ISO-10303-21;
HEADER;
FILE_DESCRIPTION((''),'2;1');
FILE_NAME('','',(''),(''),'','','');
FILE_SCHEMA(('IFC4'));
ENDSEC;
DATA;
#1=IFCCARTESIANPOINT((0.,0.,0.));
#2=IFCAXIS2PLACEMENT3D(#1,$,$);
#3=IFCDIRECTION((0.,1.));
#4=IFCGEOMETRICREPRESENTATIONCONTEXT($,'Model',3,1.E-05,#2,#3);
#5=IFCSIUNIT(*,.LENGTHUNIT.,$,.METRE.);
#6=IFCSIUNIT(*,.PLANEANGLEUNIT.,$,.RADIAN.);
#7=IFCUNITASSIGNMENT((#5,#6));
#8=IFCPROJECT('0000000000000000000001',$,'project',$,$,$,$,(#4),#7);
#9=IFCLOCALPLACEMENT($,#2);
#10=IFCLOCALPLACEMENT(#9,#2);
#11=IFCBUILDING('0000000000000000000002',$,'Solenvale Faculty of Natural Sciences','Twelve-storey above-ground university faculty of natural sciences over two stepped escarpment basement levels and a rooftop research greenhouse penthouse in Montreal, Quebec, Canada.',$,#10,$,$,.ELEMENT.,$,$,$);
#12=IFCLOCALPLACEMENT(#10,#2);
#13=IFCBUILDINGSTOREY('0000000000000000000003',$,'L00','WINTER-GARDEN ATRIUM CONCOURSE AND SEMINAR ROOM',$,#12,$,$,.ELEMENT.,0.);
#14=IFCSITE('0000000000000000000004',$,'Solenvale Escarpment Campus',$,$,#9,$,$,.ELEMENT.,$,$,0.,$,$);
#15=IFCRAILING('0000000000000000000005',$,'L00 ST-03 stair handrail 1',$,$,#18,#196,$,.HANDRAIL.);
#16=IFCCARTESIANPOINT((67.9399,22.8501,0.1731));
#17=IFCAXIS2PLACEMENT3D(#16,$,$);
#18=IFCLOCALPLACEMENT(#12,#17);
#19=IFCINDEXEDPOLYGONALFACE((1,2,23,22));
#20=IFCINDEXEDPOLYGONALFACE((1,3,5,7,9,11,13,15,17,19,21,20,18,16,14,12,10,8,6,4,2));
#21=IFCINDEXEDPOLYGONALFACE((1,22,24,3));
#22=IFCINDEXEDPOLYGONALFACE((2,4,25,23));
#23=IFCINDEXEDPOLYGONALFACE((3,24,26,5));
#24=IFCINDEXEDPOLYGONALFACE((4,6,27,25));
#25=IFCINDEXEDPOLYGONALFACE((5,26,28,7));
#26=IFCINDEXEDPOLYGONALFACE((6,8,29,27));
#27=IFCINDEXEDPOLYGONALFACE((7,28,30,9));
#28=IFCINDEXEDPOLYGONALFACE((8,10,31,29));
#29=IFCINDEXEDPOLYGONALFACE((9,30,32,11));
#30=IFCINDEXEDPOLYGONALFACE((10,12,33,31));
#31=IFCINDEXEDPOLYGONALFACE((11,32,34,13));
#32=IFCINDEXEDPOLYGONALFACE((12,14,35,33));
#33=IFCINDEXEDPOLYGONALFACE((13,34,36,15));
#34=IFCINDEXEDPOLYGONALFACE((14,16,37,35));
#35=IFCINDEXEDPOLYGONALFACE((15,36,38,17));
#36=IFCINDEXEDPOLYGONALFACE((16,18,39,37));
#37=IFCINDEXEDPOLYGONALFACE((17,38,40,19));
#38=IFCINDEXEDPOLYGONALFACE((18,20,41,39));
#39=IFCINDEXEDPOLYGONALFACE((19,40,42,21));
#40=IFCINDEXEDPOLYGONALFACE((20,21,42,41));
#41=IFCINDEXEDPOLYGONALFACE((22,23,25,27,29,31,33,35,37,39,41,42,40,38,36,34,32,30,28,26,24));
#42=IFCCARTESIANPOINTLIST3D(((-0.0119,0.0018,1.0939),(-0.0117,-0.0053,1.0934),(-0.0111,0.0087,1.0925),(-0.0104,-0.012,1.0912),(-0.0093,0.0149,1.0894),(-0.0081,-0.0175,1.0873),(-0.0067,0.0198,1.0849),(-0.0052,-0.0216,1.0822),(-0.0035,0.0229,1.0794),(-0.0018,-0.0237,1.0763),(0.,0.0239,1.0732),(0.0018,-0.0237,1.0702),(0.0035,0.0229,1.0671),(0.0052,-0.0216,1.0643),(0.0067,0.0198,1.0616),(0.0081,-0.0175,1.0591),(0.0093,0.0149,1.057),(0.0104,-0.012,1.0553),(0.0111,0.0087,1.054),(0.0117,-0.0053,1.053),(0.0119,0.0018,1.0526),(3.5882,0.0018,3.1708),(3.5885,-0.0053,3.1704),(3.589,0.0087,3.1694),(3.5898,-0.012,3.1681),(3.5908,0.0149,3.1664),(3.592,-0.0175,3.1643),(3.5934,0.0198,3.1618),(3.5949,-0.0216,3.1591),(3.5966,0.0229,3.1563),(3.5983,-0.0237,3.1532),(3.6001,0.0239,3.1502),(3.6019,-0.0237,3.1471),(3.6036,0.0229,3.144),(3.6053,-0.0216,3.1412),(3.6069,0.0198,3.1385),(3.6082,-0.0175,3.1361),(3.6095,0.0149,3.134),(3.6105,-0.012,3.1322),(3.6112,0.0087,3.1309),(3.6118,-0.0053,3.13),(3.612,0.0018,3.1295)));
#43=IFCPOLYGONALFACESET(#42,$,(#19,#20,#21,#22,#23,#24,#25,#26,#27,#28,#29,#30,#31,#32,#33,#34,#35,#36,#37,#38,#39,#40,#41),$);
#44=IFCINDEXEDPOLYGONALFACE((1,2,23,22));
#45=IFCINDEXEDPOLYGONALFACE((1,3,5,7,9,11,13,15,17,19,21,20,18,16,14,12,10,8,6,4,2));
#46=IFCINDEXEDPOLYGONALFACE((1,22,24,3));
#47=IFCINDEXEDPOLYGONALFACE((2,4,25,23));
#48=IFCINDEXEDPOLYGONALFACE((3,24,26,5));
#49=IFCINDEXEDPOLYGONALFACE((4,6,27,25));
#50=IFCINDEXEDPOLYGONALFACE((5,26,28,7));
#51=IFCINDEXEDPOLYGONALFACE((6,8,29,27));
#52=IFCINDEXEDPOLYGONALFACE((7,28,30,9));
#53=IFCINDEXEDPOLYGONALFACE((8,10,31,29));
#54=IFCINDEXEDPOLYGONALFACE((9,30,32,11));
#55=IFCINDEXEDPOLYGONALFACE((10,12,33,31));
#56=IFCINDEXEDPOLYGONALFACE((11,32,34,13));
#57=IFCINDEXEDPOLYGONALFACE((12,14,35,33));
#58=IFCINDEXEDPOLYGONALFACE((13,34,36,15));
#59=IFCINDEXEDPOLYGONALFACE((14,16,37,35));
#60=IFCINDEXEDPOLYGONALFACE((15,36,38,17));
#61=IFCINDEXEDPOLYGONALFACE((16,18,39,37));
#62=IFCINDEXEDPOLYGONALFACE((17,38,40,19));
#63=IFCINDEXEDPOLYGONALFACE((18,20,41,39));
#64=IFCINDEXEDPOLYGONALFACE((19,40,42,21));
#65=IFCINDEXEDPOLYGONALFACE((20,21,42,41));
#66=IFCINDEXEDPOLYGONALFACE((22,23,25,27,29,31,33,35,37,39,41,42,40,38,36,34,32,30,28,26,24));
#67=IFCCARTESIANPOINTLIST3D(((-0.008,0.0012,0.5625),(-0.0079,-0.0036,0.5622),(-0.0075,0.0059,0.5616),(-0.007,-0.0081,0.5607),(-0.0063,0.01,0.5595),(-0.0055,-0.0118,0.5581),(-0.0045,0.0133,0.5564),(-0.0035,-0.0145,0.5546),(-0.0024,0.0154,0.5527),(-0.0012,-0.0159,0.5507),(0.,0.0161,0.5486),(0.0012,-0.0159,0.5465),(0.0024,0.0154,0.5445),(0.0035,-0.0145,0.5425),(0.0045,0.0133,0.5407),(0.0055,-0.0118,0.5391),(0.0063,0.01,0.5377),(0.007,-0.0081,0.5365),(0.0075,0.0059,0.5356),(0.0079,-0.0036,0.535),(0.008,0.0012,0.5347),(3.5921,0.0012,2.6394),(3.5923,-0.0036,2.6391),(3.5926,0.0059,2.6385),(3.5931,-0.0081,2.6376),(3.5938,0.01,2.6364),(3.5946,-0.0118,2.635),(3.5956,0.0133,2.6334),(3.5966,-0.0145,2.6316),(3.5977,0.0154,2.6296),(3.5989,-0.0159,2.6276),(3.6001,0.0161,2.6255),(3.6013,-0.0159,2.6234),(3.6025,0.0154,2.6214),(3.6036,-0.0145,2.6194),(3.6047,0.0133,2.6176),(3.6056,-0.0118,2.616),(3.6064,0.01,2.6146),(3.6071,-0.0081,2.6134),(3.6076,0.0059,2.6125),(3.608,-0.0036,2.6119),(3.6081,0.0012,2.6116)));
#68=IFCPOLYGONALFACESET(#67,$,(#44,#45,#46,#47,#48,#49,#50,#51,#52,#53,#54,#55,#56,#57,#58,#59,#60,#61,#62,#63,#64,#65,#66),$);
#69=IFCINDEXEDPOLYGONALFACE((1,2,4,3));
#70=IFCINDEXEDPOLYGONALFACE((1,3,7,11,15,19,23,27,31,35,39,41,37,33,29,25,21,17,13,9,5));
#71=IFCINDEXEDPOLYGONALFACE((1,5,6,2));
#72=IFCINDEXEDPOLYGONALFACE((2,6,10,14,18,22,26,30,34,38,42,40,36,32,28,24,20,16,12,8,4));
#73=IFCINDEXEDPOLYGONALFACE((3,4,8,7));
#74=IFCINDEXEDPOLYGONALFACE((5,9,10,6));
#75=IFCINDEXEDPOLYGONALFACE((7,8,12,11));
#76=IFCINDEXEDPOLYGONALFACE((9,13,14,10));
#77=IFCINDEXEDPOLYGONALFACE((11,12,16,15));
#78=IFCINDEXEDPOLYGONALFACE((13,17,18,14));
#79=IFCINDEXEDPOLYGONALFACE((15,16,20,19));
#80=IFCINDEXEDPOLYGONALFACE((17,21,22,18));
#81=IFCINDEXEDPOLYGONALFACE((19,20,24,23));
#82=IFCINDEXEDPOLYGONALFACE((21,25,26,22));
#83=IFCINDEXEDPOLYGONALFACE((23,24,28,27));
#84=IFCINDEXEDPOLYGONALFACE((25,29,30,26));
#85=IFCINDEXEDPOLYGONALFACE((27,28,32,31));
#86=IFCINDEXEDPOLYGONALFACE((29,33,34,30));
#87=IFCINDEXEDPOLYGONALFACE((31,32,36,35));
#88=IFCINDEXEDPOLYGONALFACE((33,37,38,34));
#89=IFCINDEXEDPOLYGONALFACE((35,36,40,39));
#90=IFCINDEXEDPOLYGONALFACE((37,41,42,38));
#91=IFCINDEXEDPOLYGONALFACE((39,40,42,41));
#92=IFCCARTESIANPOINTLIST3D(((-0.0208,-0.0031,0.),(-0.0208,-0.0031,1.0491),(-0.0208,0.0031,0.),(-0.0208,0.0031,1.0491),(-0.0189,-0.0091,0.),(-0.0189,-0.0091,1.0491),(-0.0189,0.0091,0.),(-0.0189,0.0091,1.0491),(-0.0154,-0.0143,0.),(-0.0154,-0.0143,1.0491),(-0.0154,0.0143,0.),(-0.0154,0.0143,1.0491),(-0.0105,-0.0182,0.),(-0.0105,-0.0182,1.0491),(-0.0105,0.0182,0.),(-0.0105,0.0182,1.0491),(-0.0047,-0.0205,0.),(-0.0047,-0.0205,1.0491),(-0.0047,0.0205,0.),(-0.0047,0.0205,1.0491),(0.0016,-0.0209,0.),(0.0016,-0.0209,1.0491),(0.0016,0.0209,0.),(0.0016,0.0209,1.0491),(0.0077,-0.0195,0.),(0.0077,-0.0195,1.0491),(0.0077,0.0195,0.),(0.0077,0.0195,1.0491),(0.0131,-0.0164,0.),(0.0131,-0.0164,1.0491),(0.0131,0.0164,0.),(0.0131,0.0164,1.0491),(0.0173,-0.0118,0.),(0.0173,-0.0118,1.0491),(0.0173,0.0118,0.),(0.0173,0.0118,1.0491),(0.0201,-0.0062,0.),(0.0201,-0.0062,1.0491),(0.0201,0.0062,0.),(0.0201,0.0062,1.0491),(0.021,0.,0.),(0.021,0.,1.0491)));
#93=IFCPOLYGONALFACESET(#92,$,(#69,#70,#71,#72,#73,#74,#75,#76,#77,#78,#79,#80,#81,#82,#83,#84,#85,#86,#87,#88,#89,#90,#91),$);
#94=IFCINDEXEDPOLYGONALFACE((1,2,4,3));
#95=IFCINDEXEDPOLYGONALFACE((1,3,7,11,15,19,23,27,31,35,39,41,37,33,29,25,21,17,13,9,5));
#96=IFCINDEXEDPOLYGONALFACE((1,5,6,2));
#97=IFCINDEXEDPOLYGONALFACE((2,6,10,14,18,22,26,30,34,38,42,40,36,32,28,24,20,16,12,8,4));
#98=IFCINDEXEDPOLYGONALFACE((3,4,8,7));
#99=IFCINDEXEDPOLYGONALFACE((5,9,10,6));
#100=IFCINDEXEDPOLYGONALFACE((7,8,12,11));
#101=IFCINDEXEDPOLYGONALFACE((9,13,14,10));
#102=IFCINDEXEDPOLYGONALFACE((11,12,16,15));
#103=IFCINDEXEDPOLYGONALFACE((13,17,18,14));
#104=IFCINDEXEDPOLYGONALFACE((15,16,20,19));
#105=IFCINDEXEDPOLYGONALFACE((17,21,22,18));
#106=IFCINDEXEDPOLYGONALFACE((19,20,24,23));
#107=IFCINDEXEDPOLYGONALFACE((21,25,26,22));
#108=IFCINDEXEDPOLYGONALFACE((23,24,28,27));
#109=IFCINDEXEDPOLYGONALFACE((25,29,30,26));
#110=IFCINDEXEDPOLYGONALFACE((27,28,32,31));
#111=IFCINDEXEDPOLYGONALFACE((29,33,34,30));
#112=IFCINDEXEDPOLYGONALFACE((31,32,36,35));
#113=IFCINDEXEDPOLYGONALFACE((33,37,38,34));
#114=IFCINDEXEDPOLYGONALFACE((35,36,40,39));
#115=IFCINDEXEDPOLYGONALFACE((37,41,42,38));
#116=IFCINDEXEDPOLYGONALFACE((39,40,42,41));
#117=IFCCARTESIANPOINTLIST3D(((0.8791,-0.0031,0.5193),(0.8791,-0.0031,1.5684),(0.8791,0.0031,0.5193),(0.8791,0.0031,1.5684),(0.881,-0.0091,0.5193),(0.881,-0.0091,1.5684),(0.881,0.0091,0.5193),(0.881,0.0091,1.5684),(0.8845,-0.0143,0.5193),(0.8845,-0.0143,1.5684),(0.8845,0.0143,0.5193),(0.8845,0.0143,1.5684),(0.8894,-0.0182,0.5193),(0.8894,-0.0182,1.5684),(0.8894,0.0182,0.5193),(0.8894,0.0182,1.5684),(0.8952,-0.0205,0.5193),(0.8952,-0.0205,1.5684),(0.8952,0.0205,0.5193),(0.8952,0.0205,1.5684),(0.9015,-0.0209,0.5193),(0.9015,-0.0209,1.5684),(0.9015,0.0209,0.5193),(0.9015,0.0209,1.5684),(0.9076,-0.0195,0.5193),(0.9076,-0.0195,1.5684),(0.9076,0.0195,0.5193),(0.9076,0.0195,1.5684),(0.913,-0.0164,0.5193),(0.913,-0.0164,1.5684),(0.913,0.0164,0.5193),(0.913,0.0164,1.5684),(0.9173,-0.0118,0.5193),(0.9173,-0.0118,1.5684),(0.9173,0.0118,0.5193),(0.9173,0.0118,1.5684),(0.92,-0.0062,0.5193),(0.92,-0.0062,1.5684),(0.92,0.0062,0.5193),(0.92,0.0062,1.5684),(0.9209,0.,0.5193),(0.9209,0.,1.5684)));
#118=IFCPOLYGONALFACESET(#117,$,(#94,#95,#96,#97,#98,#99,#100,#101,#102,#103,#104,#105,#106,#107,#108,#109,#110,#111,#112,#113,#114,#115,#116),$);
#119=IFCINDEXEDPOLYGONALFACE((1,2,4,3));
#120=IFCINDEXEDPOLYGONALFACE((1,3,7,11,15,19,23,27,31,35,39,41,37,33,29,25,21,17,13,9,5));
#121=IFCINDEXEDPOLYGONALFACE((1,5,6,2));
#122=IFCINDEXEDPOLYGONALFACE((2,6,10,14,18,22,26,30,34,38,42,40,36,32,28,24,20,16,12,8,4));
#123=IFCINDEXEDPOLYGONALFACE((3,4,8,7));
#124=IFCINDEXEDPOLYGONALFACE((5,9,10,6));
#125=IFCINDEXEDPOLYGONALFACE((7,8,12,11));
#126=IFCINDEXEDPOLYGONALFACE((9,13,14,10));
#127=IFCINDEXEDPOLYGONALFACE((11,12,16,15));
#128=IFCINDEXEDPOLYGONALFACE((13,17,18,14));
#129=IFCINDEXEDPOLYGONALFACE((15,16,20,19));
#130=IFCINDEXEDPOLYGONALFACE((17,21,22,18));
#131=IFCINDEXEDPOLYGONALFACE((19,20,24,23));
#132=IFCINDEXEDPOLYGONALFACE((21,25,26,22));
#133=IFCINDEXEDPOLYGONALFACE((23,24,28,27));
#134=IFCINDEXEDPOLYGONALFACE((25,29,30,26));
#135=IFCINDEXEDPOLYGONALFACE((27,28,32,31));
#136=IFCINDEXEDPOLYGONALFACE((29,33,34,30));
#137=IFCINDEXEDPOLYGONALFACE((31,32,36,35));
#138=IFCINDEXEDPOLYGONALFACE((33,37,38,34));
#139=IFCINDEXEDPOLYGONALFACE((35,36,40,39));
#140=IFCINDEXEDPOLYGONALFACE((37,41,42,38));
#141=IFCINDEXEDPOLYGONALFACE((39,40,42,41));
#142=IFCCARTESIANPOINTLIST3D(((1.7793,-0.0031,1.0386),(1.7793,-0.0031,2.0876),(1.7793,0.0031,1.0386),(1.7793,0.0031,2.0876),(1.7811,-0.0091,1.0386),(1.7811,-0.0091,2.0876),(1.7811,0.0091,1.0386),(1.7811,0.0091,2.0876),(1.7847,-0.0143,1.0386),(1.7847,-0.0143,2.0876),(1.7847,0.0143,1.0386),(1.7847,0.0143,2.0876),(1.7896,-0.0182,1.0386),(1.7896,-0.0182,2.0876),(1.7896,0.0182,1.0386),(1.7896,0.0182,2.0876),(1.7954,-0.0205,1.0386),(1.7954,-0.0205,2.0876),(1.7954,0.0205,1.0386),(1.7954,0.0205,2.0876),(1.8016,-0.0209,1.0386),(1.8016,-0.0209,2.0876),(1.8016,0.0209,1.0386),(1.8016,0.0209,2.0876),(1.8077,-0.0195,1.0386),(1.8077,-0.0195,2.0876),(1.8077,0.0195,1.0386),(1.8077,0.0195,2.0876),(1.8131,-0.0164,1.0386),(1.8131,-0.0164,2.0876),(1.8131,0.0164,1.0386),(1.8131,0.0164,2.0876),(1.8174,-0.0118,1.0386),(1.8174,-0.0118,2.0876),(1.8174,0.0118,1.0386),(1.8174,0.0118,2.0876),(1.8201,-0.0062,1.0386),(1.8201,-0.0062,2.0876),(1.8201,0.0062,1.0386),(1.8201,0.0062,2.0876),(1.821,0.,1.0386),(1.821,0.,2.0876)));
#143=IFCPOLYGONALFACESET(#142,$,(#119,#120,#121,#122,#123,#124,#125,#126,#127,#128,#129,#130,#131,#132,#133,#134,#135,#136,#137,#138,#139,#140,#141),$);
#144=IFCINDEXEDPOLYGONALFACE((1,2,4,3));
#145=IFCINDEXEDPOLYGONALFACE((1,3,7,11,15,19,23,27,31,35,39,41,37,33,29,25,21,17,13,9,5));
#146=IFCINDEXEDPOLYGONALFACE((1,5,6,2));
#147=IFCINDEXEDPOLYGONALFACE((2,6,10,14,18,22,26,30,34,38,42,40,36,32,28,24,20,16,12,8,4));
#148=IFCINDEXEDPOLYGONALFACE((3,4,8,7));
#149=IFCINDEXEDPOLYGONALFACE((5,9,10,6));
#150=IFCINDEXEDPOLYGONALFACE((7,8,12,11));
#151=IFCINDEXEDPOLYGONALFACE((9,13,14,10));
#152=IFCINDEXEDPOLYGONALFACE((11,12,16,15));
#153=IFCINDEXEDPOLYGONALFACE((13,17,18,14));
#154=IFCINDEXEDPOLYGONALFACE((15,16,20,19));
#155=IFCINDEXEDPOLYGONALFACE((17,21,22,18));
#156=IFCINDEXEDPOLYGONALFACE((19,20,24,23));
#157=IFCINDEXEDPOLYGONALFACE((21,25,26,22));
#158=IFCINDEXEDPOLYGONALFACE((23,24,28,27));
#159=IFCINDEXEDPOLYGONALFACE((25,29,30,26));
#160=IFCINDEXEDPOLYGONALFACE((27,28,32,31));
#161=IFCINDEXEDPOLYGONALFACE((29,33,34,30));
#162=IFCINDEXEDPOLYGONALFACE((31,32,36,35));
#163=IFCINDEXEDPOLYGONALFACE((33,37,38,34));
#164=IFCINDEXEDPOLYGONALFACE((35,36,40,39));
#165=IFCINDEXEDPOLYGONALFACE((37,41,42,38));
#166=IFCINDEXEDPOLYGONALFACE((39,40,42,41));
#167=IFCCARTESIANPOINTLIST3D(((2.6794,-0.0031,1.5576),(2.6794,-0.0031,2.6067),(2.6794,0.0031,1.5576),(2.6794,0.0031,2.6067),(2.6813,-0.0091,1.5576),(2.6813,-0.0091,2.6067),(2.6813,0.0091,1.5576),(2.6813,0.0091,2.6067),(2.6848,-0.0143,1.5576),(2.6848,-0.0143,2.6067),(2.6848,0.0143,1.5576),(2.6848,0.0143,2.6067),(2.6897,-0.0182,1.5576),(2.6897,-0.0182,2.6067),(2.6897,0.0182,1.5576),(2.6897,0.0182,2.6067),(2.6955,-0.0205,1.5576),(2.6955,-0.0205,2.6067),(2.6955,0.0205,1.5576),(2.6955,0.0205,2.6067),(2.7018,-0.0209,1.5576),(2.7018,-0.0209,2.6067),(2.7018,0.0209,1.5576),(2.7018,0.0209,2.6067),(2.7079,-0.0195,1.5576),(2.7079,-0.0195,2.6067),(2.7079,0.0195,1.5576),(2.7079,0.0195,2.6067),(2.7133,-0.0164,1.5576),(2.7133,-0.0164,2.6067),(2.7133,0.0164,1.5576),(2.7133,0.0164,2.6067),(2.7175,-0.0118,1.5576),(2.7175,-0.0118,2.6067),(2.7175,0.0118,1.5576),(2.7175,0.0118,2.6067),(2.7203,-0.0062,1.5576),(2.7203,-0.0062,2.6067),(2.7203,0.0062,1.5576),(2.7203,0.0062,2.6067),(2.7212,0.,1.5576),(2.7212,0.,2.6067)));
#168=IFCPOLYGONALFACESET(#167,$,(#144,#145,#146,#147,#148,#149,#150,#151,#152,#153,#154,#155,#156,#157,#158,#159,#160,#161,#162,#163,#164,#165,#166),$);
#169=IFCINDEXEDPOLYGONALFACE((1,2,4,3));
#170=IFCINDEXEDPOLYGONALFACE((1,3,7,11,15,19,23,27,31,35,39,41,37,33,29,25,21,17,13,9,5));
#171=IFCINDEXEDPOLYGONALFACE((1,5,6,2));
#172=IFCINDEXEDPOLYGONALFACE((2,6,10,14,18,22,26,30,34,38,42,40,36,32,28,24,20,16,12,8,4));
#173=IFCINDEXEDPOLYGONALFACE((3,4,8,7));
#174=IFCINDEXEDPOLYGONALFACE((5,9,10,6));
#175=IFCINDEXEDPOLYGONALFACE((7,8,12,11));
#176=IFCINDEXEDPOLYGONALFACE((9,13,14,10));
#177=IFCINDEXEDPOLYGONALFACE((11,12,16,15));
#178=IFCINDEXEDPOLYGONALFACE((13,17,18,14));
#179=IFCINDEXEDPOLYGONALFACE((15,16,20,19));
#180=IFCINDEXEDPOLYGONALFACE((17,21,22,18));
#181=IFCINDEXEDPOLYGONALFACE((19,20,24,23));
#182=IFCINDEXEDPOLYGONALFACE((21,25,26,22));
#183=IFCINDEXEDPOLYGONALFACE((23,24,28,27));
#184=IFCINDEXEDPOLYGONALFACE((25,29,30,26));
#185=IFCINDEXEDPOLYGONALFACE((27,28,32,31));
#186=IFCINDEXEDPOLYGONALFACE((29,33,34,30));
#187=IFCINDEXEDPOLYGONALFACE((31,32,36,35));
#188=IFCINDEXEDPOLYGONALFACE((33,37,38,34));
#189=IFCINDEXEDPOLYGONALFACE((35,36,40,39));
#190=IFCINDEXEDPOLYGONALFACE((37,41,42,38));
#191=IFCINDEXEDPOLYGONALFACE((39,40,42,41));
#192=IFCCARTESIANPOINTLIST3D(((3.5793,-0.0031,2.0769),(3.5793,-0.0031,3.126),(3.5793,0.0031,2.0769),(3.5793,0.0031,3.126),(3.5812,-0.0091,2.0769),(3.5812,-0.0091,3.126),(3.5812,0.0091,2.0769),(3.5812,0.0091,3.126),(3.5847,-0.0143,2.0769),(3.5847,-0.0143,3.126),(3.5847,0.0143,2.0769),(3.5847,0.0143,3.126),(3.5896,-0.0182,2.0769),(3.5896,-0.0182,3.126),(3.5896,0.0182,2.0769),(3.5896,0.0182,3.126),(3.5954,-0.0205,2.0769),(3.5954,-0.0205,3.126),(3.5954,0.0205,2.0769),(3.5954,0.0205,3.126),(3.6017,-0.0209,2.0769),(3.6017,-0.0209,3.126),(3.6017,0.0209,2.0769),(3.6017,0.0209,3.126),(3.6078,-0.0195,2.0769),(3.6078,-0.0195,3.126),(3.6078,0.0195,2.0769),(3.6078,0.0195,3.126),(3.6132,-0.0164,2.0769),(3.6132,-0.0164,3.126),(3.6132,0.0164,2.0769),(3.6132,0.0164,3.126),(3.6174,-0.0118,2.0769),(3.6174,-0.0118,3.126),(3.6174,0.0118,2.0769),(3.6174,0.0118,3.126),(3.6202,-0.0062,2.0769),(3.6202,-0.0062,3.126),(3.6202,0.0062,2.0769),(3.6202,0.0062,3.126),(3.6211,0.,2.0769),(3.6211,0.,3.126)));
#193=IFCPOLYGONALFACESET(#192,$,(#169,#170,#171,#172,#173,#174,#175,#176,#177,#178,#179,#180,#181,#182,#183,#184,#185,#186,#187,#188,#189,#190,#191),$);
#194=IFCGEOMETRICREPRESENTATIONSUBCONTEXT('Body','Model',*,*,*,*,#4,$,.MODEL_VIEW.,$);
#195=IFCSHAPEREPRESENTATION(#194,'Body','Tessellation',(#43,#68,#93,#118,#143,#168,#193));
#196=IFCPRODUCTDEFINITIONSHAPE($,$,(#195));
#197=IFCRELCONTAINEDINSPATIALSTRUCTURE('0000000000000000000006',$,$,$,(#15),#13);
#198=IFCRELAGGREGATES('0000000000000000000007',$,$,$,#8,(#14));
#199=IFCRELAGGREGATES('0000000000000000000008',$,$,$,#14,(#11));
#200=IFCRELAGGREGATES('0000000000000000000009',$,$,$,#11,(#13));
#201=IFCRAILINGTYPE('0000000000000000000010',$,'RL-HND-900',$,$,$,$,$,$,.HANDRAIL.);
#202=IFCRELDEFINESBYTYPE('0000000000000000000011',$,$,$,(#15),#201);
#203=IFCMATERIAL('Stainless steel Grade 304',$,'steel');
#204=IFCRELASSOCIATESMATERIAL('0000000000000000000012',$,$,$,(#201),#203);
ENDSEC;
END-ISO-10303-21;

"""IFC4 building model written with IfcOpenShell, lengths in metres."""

from ifc_helpers import new_model, si_unit, direction, frame, origin, origin_2d, place, context, subcontext, project, spatial, circle, extrude, material, type_object, element, save


model = new_model("IFC4")

# Units and contexts
model_context = context("Model", 3, precision=1e-05, world=origin(), true_north=direction((0.0, 1.0)))
body_context = subcontext(model_context, "Body", "Model", "MODEL_VIEW")
ifc_project = project(units=[si_unit("LENGTHUNIT", "METRE"), si_unit("PLANEANGLEUNIT", "RADIAN")], contexts=[model_context])

# Site, building, storey
site_placement = place(None, origin())
site = spatial("IfcSite", under=ifc_project, at=site_placement, Name="Solenvale Escarpment Campus", CompositionType="ELEMENT", RefElevation=0.0)
building_placement = place(site_placement, origin())
building = spatial("IfcBuilding", under=site, at=building_placement, Name="Solenvale Faculty of Natural Sciences", Description="Twelve-storey above-ground university faculty of natural sciences over two stepped escarpment basement levels and a rooftop research greenhouse penthouse in Montreal, Quebec, Canada.", CompositionType="ELEMENT")
storey_placement = place(building_placement, origin())
storey = spatial("IfcBuildingStorey", under=building, at=storey_placement, Name="L00", Description="WINTER-GARDEN ATRIUM CONCOURSE AND SEMINAR ROOM", CompositionType="ELEMENT", Elevation=0.0)

# Railing
ifc_material_1 = material(Name="Stainless steel Grade 304", Category="steel")
railing_type = type_object("IfcRailingType", Name="RL-HND-900", PredefinedType="HANDRAIL", material=ifc_material_1)
railing_placement = place(storey_placement, frame((67.9399, 22.8501, 0.1731)))
element("IfcRailing", 1, at=railing_placement, inside=storey, type_object=railing_type, Name="L00 ST-03 stair handrail 1", PredefinedType="HANDRAIL", context=body_context, shape_type="SweptSolid", body=[
    extrude(circle(Radius=0.0239, at=origin_2d()), frame((0.0, 0.0, 1.0732), z_axis=(0.866193, 0.0, 0.499709), x_axis=(0.0, 1.0, 0.0)), (0.0, 0.0, 1.0), 4.1562),
    extrude(circle(Radius=0.0161, at=origin_2d()), frame((0.0, 0.0, 0.5486), z_axis=(0.866193, 0.0, 0.499709), x_axis=(0.0, 1.0, 0.0)), (0.0, 0.0, 1.0), 4.1562),
    extrude(circle(Radius=0.021, at=origin_2d()), origin(), (0.0, 0.0, 1.0), 1.0491),
    extrude(circle(Radius=0.021, at=origin_2d()), frame((0.8999, 0.0, 0.5193)), (0.0, 0.0, 1.0), 1.0491),
    extrude(circle(Radius=0.021, at=origin_2d()), frame((1.8, 0.0, 1.0386)), (0.0, 0.0, 1.0), 1.0491),
    extrude(circle(Radius=0.021, at=origin_2d()), frame((2.7002, 0.0, 1.5576)), (0.0, 0.0, 1.0), 1.0491),
    extrude(circle(Radius=0.021, at=origin_2d()), frame((3.6001, 0.0, 2.0769)), (0.0, 0.0, 1.0), 1.0491),
])

save(model, "model.ifc")
